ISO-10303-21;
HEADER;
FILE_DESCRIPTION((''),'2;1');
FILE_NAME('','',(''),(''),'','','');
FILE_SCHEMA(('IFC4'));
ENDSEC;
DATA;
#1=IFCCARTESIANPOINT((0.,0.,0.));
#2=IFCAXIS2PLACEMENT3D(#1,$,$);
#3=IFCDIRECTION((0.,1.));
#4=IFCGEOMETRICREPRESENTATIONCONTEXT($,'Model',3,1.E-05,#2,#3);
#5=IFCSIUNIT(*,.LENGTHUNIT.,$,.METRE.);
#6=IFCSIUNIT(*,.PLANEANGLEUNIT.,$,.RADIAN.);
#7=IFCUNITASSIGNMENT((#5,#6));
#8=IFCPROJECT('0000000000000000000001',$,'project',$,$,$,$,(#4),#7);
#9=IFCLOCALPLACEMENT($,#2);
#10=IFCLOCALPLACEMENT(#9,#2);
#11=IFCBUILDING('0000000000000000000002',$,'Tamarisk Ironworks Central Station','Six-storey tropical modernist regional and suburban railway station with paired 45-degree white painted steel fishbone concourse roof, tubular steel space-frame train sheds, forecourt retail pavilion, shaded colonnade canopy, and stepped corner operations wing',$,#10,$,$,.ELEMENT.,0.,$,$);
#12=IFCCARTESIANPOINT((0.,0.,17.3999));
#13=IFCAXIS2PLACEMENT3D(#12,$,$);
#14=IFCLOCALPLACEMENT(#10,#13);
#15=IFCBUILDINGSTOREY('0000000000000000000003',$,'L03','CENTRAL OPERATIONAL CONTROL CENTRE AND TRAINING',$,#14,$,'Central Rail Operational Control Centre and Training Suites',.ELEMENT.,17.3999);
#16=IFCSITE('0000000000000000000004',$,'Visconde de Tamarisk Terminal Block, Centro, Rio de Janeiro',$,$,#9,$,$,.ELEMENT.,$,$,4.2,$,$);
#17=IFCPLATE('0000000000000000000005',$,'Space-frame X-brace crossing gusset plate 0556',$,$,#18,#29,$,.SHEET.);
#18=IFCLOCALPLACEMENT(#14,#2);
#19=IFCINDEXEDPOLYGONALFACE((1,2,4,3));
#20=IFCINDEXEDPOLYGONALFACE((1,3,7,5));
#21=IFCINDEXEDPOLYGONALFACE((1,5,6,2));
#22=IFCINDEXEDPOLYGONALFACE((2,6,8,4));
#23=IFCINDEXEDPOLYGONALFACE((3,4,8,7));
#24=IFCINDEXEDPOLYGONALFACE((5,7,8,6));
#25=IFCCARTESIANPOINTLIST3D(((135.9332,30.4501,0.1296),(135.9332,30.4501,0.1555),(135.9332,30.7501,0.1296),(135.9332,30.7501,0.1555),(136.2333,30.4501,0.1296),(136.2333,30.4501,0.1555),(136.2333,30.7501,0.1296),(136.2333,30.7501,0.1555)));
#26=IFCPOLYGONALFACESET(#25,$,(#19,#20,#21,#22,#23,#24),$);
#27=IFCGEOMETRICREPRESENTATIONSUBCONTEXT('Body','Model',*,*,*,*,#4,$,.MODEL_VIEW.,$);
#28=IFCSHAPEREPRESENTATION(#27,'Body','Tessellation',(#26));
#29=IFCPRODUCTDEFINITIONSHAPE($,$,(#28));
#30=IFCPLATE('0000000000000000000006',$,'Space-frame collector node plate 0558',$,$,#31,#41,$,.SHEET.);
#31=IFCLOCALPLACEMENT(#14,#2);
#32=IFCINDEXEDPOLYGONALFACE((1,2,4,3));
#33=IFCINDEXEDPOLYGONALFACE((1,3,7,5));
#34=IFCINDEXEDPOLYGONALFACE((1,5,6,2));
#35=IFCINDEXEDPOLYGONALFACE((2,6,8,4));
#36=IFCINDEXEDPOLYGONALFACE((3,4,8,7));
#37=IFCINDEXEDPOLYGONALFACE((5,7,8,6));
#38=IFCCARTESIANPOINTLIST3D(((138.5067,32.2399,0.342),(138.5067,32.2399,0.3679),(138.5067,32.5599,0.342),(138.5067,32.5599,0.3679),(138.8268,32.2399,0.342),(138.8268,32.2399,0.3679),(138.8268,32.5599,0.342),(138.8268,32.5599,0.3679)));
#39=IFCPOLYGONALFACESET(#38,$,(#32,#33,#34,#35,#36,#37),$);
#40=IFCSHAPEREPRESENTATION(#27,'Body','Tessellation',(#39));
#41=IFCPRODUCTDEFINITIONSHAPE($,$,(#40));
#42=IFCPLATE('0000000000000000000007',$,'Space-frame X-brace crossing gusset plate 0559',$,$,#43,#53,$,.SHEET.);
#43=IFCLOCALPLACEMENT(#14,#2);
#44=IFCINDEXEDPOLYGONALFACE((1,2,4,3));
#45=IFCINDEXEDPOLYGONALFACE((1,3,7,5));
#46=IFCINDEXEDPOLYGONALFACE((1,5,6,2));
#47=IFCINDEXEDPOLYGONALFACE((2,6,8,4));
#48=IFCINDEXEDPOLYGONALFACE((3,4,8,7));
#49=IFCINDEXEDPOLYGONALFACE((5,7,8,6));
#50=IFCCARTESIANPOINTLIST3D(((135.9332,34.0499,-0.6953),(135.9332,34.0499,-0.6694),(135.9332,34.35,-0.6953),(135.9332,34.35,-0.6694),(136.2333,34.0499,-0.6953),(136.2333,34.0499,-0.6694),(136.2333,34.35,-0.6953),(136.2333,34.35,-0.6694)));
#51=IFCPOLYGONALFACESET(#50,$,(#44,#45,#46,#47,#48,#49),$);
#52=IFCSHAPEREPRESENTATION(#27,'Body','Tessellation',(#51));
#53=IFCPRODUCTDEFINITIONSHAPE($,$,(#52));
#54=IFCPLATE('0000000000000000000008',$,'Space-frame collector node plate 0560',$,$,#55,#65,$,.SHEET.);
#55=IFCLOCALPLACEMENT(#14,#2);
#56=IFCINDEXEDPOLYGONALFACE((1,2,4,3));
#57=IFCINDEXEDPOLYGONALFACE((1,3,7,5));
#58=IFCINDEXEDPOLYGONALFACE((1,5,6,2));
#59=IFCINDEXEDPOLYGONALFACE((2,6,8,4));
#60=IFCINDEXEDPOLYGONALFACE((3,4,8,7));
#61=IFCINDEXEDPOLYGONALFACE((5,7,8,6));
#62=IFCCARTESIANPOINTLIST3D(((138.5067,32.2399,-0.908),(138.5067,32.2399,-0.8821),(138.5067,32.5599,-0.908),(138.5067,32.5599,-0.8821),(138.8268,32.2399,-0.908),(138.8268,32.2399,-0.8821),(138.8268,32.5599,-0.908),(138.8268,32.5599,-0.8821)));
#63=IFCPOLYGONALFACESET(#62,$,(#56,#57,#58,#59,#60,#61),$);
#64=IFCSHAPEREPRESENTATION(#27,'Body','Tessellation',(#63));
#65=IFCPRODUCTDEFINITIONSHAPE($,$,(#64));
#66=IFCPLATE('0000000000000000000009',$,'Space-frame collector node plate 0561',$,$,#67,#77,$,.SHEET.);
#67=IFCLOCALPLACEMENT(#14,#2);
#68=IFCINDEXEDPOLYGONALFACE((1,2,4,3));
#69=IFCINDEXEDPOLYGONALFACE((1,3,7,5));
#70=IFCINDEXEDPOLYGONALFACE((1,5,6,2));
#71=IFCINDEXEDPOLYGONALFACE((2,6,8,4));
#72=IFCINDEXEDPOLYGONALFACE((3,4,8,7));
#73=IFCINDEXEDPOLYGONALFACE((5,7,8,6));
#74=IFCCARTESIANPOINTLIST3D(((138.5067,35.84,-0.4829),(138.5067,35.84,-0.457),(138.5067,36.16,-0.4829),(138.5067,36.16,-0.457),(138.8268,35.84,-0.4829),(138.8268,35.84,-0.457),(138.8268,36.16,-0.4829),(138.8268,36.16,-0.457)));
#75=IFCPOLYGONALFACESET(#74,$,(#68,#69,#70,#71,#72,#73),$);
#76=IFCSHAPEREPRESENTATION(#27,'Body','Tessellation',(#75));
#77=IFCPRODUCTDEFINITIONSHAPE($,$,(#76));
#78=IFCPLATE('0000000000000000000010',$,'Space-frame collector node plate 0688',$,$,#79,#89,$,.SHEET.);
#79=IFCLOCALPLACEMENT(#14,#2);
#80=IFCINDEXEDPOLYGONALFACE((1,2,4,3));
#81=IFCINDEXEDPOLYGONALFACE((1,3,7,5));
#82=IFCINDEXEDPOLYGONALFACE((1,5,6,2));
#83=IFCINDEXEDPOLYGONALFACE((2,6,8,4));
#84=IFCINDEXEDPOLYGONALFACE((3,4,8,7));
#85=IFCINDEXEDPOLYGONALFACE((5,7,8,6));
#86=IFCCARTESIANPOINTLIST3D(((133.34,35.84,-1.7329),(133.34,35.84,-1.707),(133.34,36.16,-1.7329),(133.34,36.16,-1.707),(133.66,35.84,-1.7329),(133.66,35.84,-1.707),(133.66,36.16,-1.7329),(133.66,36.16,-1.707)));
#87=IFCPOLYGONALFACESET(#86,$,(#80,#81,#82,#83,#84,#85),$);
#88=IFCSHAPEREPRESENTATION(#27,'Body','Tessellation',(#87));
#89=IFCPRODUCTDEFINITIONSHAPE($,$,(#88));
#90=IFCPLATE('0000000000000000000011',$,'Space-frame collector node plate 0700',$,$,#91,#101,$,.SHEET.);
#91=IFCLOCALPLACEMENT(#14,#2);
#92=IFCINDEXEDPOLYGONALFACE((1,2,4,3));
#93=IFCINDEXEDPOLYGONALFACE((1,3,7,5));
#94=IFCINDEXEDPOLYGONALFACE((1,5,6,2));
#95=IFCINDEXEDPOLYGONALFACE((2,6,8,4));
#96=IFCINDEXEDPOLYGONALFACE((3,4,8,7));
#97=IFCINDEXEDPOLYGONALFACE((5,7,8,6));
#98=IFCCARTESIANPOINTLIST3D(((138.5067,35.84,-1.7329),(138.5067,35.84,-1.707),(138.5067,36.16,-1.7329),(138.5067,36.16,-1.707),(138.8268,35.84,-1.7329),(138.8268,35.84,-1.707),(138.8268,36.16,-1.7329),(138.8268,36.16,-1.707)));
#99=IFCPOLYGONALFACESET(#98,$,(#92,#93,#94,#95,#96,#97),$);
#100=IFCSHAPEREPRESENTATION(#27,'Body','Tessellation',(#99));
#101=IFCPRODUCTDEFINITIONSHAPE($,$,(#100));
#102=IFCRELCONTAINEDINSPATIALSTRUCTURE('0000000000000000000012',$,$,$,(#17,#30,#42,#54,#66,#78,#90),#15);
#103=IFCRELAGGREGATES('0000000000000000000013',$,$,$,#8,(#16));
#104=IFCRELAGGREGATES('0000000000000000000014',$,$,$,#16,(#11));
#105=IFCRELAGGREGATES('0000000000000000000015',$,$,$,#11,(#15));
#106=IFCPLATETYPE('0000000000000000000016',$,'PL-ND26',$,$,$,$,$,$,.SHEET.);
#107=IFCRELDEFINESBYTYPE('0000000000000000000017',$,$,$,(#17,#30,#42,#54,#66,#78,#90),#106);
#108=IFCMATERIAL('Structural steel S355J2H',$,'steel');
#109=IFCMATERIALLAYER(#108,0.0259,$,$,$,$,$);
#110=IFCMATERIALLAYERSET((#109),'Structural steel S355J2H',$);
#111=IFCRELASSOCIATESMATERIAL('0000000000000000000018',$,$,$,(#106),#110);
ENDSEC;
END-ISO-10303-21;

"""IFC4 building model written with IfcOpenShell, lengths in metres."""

from ifc_helpers import new_model, si_unit, direction, frame, origin, origin_2d, place, context, subcontext, project, spatial, rectangle, extrude, material, layer, layer_set, type_object, element, save


model = new_model("IFC4")

# Units and contexts
model_context = context("Model", 3, precision=1e-05, world=origin(), true_north=direction((0.0, 1.0)))
body_context = subcontext(model_context, "Body", "Model", "MODEL_VIEW")
ifc_project = project(units=[si_unit("LENGTHUNIT", "METRE"), si_unit("PLANEANGLEUNIT", "RADIAN")], contexts=[model_context])

# Site, building, storey
site_placement = place(None, origin())
site = spatial("IfcSite", under=ifc_project, at=site_placement, Name="Visconde de Tamarisk Terminal Block, Centro, Rio de Janeiro", CompositionType="ELEMENT", RefElevation=4.2)
building_placement = place(site_placement, origin())
building = spatial("IfcBuilding", under=site, at=building_placement, Name="Tamarisk Ironworks Central Station", Description="Six-storey tropical modernist regional and suburban railway station with paired 45-degree white painted steel fishbone concourse roof, tubular steel space-frame train sheds, forecourt retail pavilion, shaded colonnade canopy, and stepped corner operations wing", CompositionType="ELEMENT", ElevationOfRefHeight=0.0)
storey_placement = place(building_placement, frame((0.0, 0.0, 17.3999)))
storey = spatial("IfcBuildingStorey", under=building, at=storey_placement, Name="L03", Description="CENTRAL OPERATIONAL CONTROL CENTRE AND TRAINING", LongName="Central Rail Operational Control Centre and Training Suites", CompositionType="ELEMENT", Elevation=17.3999)

# Shared definitions
ifc_material_1 = material(Name="Structural steel S355J2H", Category="steel")

# Plates
ifc_layer = layer(ifc_material_1, 0.0259)
ifc_layer_set = layer_set([ifc_layer], Name="Structural steel S355J2H")
plate_type = type_object("IfcPlateType", Name="PL-ND26", PredefinedType="SHEET", material=ifc_layer_set)
plate_1_placement = place(storey_placement, frame((136.0833, 30.6001, 0.1296), z_axis=(0.0, 0.0, 1.0), x_axis=(1.0, 0.0, 0.0)))
element("IfcPlate", 1, at=plate_1_placement, inside=storey, type_object=plate_type, Name="Space-frame X-brace crossing gusset plate 0556", PredefinedType="SHEET", context=body_context, shape_type="SweptSolid", body=[
    extrude(rectangle(XDim=0.3, YDim=0.3, at=origin_2d()), origin(), (0.0, 0.0, 1.0), 0.0259),
])
plate_2_placement = place(storey_placement, frame((138.6667, 32.3999, 0.342), z_axis=(0.0, 0.0, 1.0), x_axis=(1.0, 0.0, 0.0)))
element("IfcPlate", 2, at=plate_2_placement, inside=storey, type_object=plate_type, Name="Space-frame collector node plate 0558", PredefinedType="SHEET", context=body_context, shape_type="SweptSolid", body=[
    extrude(rectangle(XDim=0.3201, YDim=0.3201, at=origin_2d()), origin(), (0.0, 0.0, 1.0), 0.0259),
])
plate_3_placement = place(storey_placement, frame((136.0833, 34.2, -0.6953), z_axis=(0.0, 0.0, 1.0), x_axis=(1.0, 0.0, 0.0)))
element("IfcPlate", 3, at=plate_3_placement, inside=storey, type_object=plate_type, Name="Space-frame X-brace crossing gusset plate 0559", PredefinedType="SHEET", context=body_context, shape_type="SweptSolid", body=[
    extrude(rectangle(XDim=0.3, YDim=0.3, at=origin_2d()), origin(), (0.0, 0.0, 1.0), 0.0259),
])
for number, where, z_axis, x_axis, name in (
    (4, (138.6667, 32.3999, -0.908), (0.0, 0.0, 1.0), (1.0, 0.0, 0.0), "Space-frame collector node plate 0560"),
    (5, (138.6667, 36.0, -0.4829), (0.0, 0.0, 1.0), (1.0, 0.0, 0.0), "Space-frame collector node plate 0561"),
    (6, (133.5, 36.0, -1.7329), (0.0, 0.0, 1.0), (1.0, 0.0, 0.0), "Space-frame collector node plate 0688"),
    (7, (138.6667, 36.0, -1.7329), (0.0, 0.0, 1.0), (1.0, 0.0, 0.0), "Space-frame collector node plate 0700"),
):
    element("IfcPlate", number, at=place(storey_placement, frame(where, z_axis=z_axis, x_axis=x_axis)), inside=storey, type_object=plate_type, Name=name, PredefinedType="SHEET", context=body_context, shape_type="SweptSolid", body=[
        extrude(rectangle(XDim=0.3201, YDim=0.3201, at=origin_2d()), origin(), (0.0, 0.0, 1.0), 0.0259),
    ])

save(model, "model.ifc")
